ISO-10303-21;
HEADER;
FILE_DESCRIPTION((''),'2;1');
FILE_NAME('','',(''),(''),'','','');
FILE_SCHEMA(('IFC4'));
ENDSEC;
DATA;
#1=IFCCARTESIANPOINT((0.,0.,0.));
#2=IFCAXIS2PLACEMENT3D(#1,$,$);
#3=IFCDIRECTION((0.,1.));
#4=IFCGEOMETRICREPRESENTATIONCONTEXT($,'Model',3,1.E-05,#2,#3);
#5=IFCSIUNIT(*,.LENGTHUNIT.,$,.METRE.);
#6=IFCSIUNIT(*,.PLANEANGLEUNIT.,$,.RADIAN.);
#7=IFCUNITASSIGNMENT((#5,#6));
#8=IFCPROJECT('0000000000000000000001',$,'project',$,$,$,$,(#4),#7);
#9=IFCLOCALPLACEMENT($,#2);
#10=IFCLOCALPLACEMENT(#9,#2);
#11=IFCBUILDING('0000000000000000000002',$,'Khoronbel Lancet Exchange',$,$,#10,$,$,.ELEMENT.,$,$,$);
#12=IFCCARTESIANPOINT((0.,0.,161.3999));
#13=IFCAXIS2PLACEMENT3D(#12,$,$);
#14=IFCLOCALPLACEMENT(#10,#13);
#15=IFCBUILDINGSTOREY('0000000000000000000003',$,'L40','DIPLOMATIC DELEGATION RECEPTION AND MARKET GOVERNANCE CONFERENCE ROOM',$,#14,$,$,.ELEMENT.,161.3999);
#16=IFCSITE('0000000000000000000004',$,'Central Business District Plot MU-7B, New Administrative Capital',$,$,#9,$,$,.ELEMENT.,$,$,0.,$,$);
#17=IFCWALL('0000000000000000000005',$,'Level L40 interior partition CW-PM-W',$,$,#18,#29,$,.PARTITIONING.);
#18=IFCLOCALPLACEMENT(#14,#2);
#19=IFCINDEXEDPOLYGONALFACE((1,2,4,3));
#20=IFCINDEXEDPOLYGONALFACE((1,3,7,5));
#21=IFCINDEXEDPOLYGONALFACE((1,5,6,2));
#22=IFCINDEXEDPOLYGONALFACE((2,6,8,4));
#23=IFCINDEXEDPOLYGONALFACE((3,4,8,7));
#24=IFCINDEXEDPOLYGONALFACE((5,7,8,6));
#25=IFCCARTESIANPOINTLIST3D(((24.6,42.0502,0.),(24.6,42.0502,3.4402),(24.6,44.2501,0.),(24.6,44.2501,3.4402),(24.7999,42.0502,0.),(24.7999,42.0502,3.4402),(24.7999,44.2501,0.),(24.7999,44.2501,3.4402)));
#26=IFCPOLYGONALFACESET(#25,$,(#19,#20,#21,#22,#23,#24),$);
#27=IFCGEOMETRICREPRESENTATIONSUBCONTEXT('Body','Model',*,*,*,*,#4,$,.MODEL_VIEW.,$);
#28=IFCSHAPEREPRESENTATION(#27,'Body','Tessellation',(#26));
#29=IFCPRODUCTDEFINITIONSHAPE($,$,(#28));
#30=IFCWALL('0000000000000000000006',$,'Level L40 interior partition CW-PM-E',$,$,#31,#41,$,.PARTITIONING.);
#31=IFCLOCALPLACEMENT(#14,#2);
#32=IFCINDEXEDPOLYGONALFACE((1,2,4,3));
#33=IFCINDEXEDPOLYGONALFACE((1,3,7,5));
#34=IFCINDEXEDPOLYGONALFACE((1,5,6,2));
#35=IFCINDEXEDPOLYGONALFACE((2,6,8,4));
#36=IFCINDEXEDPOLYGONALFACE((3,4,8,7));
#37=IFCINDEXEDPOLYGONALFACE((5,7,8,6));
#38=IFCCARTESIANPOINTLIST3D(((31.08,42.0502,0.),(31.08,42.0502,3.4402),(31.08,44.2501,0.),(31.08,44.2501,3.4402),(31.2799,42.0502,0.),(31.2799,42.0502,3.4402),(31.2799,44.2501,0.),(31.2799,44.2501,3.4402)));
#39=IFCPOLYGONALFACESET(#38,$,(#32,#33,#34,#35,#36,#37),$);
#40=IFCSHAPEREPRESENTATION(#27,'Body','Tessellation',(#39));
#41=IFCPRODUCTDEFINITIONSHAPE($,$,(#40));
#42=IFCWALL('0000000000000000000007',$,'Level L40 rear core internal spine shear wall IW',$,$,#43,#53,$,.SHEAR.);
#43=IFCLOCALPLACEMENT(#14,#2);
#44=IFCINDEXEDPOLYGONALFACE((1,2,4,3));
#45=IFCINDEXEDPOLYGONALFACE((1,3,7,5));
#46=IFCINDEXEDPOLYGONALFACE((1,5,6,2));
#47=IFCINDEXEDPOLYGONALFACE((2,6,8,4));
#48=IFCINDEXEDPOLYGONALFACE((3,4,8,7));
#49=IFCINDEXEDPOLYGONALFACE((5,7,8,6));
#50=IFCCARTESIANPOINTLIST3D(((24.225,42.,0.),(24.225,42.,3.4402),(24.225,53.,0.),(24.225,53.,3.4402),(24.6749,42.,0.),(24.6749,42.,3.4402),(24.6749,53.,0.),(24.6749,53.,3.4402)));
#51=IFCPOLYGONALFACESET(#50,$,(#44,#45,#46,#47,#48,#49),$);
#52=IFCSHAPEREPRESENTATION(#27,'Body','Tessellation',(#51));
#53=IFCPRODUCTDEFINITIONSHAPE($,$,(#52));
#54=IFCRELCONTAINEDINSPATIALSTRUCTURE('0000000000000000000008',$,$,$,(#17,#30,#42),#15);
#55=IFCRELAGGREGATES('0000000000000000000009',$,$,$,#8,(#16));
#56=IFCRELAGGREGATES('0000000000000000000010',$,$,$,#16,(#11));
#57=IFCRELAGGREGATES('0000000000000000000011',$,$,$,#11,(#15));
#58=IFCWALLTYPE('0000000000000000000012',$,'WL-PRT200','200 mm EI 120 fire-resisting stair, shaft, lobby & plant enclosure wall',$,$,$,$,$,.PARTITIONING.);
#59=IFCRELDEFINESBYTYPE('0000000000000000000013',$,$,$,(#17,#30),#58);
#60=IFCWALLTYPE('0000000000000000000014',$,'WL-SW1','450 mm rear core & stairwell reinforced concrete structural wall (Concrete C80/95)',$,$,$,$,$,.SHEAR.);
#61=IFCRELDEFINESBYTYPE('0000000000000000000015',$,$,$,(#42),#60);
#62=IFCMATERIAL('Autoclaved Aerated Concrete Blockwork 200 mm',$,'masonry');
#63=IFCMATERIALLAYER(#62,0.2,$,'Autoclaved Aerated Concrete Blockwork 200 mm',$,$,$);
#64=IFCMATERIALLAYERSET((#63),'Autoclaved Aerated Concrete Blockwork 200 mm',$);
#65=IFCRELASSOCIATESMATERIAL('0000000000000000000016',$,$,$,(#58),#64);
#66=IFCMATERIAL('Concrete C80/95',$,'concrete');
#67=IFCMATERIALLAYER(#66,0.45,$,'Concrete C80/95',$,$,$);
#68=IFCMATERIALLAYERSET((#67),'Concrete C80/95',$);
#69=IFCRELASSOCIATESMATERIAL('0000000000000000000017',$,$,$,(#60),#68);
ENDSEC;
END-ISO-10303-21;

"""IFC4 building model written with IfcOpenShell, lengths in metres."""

from ifc_helpers import new_model, si_unit, direction, frame, frame_2d, origin, place, context, subcontext, project, spatial, rectangle, extrude, material, layer, layer_set, type_object, element, save


model = new_model("IFC4")

# Units and contexts
model_context = context("Model", 3, precision=1e-05, world=origin(), true_north=direction((0.0, 1.0)))
body_context = subcontext(model_context, "Body", "Model", "MODEL_VIEW")
ifc_project = project(units=[si_unit("LENGTHUNIT", "METRE"), si_unit("PLANEANGLEUNIT", "RADIAN")], contexts=[model_context])

# Site, building, storey
site_placement = place(None, origin())
site = spatial("IfcSite", under=ifc_project, at=site_placement, Name="Central Business District Plot MU-7B, New Administrative Capital", CompositionType="ELEMENT", RefElevation=0.0)
building_placement = place(site_placement, origin())
building = spatial("IfcBuilding", under=site, at=building_placement, Name="Khoronbel Lancet Exchange", CompositionType="ELEMENT")
storey_placement = place(building_placement, frame((0.0, 0.0, 161.3999)))
storey = spatial("IfcBuildingStorey", under=building, at=storey_placement, Name="L40", Description="DIPLOMATIC DELEGATION RECEPTION AND MARKET GOVERNANCE CONFERENCE ROOM", CompositionType="ELEMENT", Elevation=161.3999)

# Shared definitions
ifc_material_1 = material(Name="Concrete C80/95", Category="concrete")

# Shared definitions
ifc_material_2 = material(Name="Autoclaved Aerated Concrete Blockwork 200 mm", Category="masonry")
ifc_layer_1 = layer(ifc_material_2, 0.2, Name="Autoclaved Aerated Concrete Blockwork 200 mm")
ifc_layer_set_1 = layer_set([ifc_layer_1], Name="Autoclaved Aerated Concrete Blockwork 200 mm")
wall_type_1 = type_object("IfcWallType", Name="WL-PRT200", Description="200 mm EI 120 fire-resisting stair, shaft, lobby & plant enclosure wall", PredefinedType="PARTITIONING", material=ifc_layer_set_1)

# Walls
for number, where, z_axis, x_axis, name in (
    (1, (24.7, 42.05, 0.0), (0.0, 0.0, 1.0), (0.0, 1.0, 0.0), "Level L40 interior partition CW-PM-W"),
    (2, (31.1799, 42.05, 0.0), (0.0, 0.0, 1.0), (0.0, 1.0, 0.0), "Level L40 interior partition CW-PM-E"),
):
    element("IfcWall", number, at=place(storey_placement, frame(where, z_axis=z_axis, x_axis=x_axis)), inside=storey, type_object=wall_type_1, Name=name, PredefinedType="PARTITIONING", context=body_context, shape_type="SweptSolid", body=[
        extrude(rectangle(XDim=2.2, YDim=0.2, at=frame_2d((1.1001, 0.0))), origin(), (0.0, 0.0, 1.0), 3.4402),
    ])
ifc_layer_2 = layer(ifc_material_1, 0.45, Name="Concrete C80/95")
ifc_layer_set_2 = layer_set([ifc_layer_2], Name="Concrete C80/95")
wall_type_2 = type_object("IfcWallType", Name="WL-SW1", Description="450 mm rear core & stairwell reinforced concrete structural wall (Concrete C80/95)", PredefinedType="SHEAR", material=ifc_layer_set_2)
wall_1_placement = place(storey_placement, frame((24.45, 42.0, 0.0), z_axis=(0.0, 0.0, 1.0), x_axis=(0.0, 1.0, 0.0)))
element("IfcWall", 3, at=wall_1_placement, inside=storey, type_object=wall_type_2, Name="Level L40 rear core internal spine shear wall IW", PredefinedType="SHEAR", context=body_context, shape_type="SweptSolid", body=[
    extrude(rectangle(XDim=11.0, YDim=0.45, at=frame_2d((5.5, 0.0))), origin(), (0.0, 0.0, 1.0), 3.4402),
])

save(model, "model.ifc")
